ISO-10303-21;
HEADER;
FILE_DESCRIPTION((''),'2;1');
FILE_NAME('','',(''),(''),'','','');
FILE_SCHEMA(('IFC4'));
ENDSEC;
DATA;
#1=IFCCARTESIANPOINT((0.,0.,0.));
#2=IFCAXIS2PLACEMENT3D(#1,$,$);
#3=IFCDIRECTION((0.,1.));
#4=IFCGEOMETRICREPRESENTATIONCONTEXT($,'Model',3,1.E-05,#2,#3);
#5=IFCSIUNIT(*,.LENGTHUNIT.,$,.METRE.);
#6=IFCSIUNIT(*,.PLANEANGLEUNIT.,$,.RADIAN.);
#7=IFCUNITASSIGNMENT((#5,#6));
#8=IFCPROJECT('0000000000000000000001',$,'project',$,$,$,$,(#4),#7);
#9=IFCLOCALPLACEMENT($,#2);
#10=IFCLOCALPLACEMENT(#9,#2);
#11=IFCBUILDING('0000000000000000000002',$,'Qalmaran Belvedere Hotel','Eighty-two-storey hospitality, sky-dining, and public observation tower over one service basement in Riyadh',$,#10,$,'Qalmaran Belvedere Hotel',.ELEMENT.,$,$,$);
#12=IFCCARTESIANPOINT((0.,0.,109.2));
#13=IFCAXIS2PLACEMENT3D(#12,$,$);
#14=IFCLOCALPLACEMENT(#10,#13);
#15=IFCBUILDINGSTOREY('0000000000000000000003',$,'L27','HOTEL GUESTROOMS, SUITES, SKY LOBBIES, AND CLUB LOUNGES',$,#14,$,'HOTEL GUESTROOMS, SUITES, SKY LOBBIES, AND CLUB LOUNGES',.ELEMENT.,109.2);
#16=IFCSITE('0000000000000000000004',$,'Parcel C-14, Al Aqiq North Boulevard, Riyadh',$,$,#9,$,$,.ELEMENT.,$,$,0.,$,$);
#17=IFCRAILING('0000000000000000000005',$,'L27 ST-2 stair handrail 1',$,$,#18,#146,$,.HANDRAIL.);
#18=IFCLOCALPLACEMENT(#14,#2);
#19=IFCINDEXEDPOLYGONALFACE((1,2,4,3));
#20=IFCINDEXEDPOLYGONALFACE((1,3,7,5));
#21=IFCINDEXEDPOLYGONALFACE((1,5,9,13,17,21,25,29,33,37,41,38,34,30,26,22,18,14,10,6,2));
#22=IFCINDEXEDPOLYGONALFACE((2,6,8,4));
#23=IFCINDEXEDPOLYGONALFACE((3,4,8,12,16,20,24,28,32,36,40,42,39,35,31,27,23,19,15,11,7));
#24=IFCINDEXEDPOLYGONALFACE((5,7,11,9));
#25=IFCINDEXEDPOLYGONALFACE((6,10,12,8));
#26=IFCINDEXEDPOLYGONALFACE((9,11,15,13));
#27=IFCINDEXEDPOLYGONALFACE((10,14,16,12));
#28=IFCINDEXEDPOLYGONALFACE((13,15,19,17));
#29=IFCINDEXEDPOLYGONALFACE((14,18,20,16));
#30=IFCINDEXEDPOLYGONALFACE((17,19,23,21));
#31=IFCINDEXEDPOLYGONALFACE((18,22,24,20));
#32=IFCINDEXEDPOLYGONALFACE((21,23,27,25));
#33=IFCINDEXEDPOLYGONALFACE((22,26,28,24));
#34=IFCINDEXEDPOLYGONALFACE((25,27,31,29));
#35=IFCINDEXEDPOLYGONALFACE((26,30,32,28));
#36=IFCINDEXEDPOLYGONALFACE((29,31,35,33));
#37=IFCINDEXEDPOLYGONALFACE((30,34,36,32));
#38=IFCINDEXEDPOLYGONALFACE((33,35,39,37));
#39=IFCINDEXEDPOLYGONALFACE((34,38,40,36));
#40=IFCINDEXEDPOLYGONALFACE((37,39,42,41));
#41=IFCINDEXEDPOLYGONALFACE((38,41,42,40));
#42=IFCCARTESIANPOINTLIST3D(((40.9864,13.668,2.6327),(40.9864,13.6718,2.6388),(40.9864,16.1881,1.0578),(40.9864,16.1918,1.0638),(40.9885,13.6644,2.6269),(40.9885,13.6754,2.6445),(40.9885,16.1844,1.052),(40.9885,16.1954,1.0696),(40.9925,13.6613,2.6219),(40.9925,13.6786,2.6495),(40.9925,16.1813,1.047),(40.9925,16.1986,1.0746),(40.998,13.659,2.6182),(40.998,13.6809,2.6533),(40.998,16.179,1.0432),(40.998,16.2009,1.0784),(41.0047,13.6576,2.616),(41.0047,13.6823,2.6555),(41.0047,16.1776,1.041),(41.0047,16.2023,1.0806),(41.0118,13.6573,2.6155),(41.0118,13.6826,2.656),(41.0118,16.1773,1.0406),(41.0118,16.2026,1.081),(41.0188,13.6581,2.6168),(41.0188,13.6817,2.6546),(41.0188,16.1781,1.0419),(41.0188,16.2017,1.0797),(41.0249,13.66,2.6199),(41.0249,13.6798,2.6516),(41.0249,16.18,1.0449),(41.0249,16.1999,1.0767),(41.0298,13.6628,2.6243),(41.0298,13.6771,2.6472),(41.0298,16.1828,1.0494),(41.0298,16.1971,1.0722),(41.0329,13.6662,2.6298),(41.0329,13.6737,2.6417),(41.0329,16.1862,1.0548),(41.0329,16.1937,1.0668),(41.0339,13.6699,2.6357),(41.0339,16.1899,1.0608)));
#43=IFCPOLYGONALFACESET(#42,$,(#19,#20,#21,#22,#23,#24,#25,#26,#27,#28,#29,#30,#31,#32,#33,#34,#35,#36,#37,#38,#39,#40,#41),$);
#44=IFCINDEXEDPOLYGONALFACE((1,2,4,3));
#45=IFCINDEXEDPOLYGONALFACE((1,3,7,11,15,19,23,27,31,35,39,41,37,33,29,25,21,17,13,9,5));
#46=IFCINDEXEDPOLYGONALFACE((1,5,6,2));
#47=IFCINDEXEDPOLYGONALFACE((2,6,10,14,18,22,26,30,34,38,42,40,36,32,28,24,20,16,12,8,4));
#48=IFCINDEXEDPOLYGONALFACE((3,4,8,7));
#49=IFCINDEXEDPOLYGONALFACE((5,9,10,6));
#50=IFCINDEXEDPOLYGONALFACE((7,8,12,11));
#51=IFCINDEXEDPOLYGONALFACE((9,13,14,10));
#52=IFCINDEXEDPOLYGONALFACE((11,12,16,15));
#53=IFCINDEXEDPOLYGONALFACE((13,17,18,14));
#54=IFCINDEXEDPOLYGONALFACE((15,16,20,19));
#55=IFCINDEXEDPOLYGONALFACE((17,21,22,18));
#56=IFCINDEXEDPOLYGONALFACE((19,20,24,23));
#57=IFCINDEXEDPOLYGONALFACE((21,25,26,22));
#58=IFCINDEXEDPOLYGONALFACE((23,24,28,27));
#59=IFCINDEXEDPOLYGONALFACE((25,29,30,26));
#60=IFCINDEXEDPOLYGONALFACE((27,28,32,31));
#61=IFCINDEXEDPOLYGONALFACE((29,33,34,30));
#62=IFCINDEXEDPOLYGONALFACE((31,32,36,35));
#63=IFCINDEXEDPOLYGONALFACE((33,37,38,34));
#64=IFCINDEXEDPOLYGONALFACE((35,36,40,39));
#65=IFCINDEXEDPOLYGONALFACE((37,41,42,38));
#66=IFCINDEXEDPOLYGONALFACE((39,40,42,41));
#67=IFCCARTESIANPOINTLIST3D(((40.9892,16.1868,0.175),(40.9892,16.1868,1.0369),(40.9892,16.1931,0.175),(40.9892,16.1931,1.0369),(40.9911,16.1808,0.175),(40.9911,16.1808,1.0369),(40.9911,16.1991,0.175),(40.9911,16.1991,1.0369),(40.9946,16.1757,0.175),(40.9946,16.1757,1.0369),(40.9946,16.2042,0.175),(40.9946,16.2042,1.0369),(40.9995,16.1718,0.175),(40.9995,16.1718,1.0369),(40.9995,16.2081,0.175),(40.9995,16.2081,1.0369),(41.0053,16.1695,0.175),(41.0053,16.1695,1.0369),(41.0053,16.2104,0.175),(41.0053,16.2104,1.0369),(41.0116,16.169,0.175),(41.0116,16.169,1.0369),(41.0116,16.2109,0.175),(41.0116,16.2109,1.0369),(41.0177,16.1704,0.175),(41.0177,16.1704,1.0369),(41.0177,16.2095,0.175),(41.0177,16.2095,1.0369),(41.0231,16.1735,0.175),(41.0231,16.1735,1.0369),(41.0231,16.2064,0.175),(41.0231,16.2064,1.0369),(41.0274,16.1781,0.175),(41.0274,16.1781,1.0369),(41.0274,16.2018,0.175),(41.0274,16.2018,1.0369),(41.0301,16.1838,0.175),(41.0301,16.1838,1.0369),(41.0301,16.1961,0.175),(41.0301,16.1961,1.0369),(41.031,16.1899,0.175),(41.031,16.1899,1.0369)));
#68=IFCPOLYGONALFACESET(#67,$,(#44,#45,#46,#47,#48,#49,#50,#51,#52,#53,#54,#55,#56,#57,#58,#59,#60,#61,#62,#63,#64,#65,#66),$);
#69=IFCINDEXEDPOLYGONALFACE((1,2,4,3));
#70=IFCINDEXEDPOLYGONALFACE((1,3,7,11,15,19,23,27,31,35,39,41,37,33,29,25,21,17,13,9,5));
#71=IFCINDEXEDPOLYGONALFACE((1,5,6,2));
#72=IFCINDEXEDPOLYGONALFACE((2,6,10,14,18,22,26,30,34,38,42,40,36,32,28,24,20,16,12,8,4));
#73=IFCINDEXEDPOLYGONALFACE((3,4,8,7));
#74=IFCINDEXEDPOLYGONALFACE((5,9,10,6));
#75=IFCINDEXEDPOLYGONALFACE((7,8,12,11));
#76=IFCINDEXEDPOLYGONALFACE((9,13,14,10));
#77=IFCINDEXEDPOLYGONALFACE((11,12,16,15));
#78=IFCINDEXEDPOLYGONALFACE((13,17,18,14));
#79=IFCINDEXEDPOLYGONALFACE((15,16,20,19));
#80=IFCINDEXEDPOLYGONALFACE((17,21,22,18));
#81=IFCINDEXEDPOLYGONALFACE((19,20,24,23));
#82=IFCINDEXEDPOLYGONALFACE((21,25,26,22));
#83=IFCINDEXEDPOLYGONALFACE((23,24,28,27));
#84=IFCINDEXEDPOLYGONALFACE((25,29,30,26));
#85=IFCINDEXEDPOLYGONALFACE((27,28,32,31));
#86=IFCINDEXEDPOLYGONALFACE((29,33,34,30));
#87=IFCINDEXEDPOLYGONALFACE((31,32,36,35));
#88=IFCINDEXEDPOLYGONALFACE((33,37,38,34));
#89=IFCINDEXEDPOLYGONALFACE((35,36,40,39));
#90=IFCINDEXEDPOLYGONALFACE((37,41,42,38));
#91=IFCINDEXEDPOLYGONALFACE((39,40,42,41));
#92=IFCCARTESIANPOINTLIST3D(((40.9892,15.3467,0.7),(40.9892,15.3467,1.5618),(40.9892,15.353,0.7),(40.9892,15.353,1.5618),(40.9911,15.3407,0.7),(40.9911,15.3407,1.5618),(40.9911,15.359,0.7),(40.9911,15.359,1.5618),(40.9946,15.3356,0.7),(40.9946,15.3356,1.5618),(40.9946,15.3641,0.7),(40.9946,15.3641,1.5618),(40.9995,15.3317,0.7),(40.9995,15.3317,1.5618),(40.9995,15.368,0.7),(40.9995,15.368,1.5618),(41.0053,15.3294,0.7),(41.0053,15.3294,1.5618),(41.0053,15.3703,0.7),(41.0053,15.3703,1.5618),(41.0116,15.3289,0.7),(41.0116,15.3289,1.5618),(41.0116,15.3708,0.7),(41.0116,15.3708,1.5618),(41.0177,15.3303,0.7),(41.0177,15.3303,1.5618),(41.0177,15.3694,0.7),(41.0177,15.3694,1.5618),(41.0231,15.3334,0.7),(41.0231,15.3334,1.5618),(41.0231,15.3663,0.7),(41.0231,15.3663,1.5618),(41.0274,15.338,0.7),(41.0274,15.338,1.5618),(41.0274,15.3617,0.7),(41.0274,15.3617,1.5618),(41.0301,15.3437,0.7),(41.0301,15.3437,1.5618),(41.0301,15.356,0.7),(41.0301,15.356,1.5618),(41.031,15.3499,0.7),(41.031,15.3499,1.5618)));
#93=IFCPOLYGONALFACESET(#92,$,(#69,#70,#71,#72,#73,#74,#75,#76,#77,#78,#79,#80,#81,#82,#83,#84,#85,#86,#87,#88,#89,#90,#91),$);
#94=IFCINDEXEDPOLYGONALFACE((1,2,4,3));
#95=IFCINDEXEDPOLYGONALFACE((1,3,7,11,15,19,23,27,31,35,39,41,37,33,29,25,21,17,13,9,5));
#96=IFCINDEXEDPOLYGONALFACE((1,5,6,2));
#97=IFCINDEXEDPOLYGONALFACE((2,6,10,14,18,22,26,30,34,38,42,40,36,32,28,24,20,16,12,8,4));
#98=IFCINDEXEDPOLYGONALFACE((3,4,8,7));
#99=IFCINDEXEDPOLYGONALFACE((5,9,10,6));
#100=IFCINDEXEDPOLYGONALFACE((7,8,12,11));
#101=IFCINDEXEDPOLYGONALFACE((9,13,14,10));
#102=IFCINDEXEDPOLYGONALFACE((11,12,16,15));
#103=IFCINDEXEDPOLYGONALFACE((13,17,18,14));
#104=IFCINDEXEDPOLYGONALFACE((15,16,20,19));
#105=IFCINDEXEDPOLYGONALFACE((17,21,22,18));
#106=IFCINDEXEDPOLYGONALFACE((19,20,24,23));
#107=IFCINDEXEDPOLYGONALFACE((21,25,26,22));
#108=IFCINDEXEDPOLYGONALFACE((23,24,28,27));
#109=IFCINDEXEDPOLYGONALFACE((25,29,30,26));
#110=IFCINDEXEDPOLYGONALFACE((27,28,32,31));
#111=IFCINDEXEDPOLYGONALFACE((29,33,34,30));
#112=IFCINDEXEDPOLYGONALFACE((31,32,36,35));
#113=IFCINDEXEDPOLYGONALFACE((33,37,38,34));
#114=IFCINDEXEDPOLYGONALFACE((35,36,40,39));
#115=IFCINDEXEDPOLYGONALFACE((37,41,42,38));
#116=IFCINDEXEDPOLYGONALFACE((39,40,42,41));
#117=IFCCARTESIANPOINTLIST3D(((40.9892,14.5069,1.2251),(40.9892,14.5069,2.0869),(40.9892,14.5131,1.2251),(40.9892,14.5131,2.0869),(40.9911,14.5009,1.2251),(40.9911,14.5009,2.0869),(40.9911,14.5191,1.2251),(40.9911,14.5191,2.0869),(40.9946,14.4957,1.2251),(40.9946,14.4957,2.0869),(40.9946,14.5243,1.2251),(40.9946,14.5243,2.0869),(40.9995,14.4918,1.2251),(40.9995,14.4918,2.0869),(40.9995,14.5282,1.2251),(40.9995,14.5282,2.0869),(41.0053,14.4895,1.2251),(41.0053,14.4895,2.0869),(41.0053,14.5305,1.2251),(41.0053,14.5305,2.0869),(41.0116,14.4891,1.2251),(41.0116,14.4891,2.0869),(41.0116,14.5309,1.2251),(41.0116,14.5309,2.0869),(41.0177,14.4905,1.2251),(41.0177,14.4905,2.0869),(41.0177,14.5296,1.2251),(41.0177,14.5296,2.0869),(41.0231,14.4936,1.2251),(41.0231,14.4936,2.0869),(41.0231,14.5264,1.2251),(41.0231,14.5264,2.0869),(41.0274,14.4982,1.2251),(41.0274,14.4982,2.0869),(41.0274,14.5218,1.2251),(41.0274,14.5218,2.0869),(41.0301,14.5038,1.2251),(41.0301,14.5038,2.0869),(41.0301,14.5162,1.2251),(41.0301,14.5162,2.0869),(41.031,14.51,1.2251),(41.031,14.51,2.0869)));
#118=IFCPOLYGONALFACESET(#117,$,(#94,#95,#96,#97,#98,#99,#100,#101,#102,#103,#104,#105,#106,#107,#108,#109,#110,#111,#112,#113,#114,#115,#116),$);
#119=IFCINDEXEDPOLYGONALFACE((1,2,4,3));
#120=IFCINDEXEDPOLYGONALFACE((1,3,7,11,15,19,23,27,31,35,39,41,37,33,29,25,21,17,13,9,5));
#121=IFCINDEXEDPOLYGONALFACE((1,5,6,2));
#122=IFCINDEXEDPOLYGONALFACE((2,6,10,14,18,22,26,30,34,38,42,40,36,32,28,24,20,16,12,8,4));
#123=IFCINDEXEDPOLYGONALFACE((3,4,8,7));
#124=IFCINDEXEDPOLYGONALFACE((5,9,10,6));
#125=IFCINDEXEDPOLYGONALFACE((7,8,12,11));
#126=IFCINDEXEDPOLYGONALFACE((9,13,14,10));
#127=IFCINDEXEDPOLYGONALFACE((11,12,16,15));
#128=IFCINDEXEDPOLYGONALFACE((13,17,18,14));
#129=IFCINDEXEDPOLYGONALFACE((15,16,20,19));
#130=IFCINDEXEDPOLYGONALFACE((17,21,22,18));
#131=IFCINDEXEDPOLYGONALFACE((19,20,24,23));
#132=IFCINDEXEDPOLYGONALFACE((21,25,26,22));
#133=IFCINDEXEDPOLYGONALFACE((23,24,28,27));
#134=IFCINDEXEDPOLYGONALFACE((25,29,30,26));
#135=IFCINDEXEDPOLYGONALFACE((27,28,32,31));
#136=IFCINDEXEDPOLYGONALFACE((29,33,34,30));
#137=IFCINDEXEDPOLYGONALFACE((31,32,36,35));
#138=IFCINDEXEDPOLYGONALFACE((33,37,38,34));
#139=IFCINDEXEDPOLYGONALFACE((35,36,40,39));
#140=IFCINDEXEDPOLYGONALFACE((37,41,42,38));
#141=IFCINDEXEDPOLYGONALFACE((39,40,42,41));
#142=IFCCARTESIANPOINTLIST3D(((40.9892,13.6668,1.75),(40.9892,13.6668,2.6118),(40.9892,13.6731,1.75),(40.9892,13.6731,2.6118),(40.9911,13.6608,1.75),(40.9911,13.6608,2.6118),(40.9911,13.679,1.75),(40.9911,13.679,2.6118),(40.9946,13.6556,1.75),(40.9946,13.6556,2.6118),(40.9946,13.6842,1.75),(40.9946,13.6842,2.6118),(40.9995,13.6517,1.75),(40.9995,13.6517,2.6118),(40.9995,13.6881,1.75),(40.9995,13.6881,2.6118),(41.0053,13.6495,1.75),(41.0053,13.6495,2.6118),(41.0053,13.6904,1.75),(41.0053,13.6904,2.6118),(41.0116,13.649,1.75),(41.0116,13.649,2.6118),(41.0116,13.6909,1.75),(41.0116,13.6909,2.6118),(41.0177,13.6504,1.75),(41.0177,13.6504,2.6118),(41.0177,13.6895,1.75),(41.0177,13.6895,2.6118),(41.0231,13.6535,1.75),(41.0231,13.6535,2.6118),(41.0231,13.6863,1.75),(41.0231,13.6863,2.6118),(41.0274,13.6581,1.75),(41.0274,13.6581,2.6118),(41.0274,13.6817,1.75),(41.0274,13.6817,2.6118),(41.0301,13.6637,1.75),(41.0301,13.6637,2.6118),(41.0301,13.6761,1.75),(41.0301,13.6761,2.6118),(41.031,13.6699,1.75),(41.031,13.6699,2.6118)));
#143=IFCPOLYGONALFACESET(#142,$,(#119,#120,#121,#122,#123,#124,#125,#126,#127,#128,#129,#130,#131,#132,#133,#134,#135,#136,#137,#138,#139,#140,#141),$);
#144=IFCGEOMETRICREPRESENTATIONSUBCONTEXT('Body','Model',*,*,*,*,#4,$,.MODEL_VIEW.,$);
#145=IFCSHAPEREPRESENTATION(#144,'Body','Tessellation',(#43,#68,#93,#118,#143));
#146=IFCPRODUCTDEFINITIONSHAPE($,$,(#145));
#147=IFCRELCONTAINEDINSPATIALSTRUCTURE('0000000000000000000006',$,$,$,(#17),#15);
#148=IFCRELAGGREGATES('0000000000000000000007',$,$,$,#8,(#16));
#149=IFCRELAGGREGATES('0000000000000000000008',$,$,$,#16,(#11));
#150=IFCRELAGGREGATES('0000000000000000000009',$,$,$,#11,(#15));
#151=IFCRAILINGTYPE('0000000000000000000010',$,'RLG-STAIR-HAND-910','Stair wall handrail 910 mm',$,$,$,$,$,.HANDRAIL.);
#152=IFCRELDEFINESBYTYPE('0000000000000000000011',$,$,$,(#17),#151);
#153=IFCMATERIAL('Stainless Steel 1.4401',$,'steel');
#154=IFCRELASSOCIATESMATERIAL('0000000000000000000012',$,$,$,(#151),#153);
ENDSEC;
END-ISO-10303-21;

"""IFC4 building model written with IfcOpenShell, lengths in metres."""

from ifc_helpers import new_model, si_unit, direction, frame, origin, origin_2d, place, context, subcontext, project, spatial, circle, extrude, material, type_object, element, save


model = new_model("IFC4")

# Units and contexts
model_context = context("Model", 3, precision=1e-05, world=origin(), true_north=direction((0.0, 1.0)))
body_context = subcontext(model_context, "Body", "Model", "MODEL_VIEW")
ifc_project = project(units=[si_unit("LENGTHUNIT", "METRE"), si_unit("PLANEANGLEUNIT", "RADIAN")], contexts=[model_context])

# Site, building, storey
site_placement = place(None, origin())
site = spatial("IfcSite", under=ifc_project, at=site_placement, Name="Parcel C-14, Al Aqiq North Boulevard, Riyadh", CompositionType="ELEMENT", RefElevation=0.0)
building_placement = place(site_placement, origin())
building = spatial("IfcBuilding", under=site, at=building_placement, Name="Qalmaran Belvedere Hotel", Description="Eighty-two-storey hospitality, sky-dining, and public observation tower over one service basement in Riyadh", LongName="Qalmaran Belvedere Hotel", CompositionType="ELEMENT")
storey_placement = place(building_placement, frame((0.0, 0.0, 109.2)))
storey = spatial("IfcBuildingStorey", under=building, at=storey_placement, Name="L27", Description="HOTEL GUESTROOMS, SUITES, SKY LOBBIES, AND CLUB LOUNGES", LongName="HOTEL GUESTROOMS, SUITES, SKY LOBBIES, AND CLUB LOUNGES", CompositionType="ELEMENT", Elevation=109.2)

# Shared definitions
ifc_material_1 = material(Name="Stainless Steel 1.4401", Category="steel")

# Railing
railing_type_1 = type_object("IfcRailingType", Name="RLG-STAIR-HAND-910", Description="Stair wall handrail 910 mm", PredefinedType="HANDRAIL", material=ifc_material_1)
railing_1_placement = place(storey_placement, frame((41.01, 16.1899, 0.175)))
element("IfcRailing", 1, at=railing_1_placement, inside=storey, type_object=railing_type_1, Name="L27 ST-2 stair handrail 1", PredefinedType="HANDRAIL", context=body_context, shape_type="SweptSolid", body=[
    extrude(circle(Radius=0.0239, at=origin_2d()), frame((0.0, 0.0, 0.8857), z_axis=(0.0, -0.848008, 0.529984), x_axis=(1.0, 0.0, 0.0)), (0.0, 0.0, 1.0), 2.9717),
    extrude(circle(Radius=0.021, at=origin_2d()), origin(), (0.0, 0.0, 1.0), 0.8618),
    extrude(circle(Radius=0.021, at=origin_2d()), frame((0.0, -0.8401, 0.5249)), (0.0, 0.0, 1.0), 0.8618),
    extrude(circle(Radius=0.021, at=origin_2d()), frame((0.0, -1.6799, 1.05)), (0.0, 0.0, 1.0), 0.8618),
    extrude(circle(Radius=0.021, at=origin_2d()), frame((0.0, -2.52, 1.575)), (0.0, 0.0, 1.0), 0.8618),
])

save(model, "model.ifc")
